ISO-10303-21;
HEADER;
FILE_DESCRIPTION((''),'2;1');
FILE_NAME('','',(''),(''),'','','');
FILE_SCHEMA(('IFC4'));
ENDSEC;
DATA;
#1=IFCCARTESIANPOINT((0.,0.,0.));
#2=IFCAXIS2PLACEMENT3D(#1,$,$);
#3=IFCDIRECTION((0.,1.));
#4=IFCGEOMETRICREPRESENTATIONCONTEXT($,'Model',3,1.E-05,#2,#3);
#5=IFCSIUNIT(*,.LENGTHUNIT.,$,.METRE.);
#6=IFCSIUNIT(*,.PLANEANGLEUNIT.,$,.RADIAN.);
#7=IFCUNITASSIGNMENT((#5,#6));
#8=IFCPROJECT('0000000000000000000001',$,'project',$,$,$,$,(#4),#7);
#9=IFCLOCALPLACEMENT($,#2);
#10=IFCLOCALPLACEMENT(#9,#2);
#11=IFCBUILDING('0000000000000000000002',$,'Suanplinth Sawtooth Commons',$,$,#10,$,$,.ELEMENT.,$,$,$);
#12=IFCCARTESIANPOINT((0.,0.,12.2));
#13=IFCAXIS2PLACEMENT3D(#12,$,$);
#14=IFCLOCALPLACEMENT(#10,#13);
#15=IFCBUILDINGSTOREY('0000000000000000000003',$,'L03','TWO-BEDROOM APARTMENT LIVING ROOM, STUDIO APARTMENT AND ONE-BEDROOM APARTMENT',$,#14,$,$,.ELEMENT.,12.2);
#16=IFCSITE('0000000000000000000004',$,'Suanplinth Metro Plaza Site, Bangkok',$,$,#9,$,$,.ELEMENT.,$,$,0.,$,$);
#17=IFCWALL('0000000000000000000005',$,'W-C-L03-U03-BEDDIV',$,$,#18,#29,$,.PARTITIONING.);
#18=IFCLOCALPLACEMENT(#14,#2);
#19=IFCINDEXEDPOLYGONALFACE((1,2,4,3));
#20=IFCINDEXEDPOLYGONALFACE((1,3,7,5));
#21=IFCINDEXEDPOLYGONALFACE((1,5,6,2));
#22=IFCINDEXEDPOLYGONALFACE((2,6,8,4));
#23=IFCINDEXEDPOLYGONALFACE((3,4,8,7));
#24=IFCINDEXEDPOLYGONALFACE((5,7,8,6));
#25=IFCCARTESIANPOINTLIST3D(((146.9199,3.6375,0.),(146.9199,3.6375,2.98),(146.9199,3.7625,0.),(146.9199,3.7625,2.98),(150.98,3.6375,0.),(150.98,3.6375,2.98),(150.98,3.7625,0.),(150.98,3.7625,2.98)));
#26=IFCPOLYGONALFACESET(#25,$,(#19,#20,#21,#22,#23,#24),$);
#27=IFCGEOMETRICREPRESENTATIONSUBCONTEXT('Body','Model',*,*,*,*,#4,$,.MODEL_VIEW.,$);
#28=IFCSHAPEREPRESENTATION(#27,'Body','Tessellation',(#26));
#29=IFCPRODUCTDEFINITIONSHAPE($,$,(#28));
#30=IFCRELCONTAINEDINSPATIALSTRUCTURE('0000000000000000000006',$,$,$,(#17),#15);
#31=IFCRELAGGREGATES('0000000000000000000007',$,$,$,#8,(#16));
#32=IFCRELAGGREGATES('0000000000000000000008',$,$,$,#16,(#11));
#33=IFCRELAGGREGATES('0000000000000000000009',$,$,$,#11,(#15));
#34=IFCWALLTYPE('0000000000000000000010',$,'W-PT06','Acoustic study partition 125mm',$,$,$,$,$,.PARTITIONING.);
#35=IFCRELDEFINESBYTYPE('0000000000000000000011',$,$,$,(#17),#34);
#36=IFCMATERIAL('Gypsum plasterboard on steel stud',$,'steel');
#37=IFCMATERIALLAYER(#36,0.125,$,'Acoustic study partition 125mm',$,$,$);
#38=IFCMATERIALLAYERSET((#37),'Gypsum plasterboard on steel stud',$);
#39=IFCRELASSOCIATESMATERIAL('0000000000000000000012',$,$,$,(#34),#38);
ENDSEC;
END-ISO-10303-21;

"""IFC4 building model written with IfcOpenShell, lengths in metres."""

from ifc_helpers import new_model, si_unit, direction, frame, frame_2d, origin, place, context, subcontext, project, spatial, rectangle, extrude, material, layer, layer_set, type_object, element, save


model = new_model("IFC4")

# Units and contexts
model_context = context("Model", 3, precision=1e-05, world=origin(), true_north=direction((0.0, 1.0)))
body_context = subcontext(model_context, "Body", "Model", "MODEL_VIEW")
ifc_project = project(units=[si_unit("LENGTHUNIT", "METRE"), si_unit("PLANEANGLEUNIT", "RADIAN")], contexts=[model_context])

# Site, building, storey
site_placement = place(None, origin())
site = spatial("IfcSite", under=ifc_project, at=site_placement, Name="Suanplinth Metro Plaza Site, Bangkok", CompositionType="ELEMENT", RefElevation=0.0)
building_placement = place(site_placement, origin())
building = spatial("IfcBuilding", under=site, at=building_placement, Name="Suanplinth Sawtooth Commons", CompositionType="ELEMENT")
storey_placement = place(building_placement, frame((0.0, 0.0, 12.2)))
storey = spatial("IfcBuildingStorey", under=building, at=storey_placement, Name="L03", Description="TWO-BEDROOM APARTMENT LIVING ROOM, STUDIO APARTMENT AND ONE-BEDROOM APARTMENT", CompositionType="ELEMENT", Elevation=12.2)

# Shared definitions
ifc_material_1 = material(Name="Gypsum plasterboard on steel stud", Category="steel")

# Wall
ifc_layer_1 = layer(ifc_material_1, 0.125, Name="Acoustic study partition 125mm")
ifc_layer_set_1 = layer_set([ifc_layer_1], Name="Gypsum plasterboard on steel stud")
wall_type_1 = type_object("IfcWallType", Name="W-PT06", Description="Acoustic study partition 125mm", PredefinedType="PARTITIONING", material=ifc_layer_set_1)
wall_1_placement = place(storey_placement, frame((146.9199, 3.7, 0.0), z_axis=(0.0, 0.0, 1.0), x_axis=(1.0, 0.0, 0.0)))
element("IfcWall", 1, at=wall_1_placement, inside=storey, type_object=wall_type_1, Name="W-C-L03-U03-BEDDIV", PredefinedType="PARTITIONING", context=body_context, shape_type="SweptSolid", body=[
    extrude(rectangle(XDim=4.0601, YDim=0.125, at=frame_2d((2.03, 0.0))), origin(), (0.0, 0.0, 1.0), 2.98),
])

save(model, "model.ifc")
